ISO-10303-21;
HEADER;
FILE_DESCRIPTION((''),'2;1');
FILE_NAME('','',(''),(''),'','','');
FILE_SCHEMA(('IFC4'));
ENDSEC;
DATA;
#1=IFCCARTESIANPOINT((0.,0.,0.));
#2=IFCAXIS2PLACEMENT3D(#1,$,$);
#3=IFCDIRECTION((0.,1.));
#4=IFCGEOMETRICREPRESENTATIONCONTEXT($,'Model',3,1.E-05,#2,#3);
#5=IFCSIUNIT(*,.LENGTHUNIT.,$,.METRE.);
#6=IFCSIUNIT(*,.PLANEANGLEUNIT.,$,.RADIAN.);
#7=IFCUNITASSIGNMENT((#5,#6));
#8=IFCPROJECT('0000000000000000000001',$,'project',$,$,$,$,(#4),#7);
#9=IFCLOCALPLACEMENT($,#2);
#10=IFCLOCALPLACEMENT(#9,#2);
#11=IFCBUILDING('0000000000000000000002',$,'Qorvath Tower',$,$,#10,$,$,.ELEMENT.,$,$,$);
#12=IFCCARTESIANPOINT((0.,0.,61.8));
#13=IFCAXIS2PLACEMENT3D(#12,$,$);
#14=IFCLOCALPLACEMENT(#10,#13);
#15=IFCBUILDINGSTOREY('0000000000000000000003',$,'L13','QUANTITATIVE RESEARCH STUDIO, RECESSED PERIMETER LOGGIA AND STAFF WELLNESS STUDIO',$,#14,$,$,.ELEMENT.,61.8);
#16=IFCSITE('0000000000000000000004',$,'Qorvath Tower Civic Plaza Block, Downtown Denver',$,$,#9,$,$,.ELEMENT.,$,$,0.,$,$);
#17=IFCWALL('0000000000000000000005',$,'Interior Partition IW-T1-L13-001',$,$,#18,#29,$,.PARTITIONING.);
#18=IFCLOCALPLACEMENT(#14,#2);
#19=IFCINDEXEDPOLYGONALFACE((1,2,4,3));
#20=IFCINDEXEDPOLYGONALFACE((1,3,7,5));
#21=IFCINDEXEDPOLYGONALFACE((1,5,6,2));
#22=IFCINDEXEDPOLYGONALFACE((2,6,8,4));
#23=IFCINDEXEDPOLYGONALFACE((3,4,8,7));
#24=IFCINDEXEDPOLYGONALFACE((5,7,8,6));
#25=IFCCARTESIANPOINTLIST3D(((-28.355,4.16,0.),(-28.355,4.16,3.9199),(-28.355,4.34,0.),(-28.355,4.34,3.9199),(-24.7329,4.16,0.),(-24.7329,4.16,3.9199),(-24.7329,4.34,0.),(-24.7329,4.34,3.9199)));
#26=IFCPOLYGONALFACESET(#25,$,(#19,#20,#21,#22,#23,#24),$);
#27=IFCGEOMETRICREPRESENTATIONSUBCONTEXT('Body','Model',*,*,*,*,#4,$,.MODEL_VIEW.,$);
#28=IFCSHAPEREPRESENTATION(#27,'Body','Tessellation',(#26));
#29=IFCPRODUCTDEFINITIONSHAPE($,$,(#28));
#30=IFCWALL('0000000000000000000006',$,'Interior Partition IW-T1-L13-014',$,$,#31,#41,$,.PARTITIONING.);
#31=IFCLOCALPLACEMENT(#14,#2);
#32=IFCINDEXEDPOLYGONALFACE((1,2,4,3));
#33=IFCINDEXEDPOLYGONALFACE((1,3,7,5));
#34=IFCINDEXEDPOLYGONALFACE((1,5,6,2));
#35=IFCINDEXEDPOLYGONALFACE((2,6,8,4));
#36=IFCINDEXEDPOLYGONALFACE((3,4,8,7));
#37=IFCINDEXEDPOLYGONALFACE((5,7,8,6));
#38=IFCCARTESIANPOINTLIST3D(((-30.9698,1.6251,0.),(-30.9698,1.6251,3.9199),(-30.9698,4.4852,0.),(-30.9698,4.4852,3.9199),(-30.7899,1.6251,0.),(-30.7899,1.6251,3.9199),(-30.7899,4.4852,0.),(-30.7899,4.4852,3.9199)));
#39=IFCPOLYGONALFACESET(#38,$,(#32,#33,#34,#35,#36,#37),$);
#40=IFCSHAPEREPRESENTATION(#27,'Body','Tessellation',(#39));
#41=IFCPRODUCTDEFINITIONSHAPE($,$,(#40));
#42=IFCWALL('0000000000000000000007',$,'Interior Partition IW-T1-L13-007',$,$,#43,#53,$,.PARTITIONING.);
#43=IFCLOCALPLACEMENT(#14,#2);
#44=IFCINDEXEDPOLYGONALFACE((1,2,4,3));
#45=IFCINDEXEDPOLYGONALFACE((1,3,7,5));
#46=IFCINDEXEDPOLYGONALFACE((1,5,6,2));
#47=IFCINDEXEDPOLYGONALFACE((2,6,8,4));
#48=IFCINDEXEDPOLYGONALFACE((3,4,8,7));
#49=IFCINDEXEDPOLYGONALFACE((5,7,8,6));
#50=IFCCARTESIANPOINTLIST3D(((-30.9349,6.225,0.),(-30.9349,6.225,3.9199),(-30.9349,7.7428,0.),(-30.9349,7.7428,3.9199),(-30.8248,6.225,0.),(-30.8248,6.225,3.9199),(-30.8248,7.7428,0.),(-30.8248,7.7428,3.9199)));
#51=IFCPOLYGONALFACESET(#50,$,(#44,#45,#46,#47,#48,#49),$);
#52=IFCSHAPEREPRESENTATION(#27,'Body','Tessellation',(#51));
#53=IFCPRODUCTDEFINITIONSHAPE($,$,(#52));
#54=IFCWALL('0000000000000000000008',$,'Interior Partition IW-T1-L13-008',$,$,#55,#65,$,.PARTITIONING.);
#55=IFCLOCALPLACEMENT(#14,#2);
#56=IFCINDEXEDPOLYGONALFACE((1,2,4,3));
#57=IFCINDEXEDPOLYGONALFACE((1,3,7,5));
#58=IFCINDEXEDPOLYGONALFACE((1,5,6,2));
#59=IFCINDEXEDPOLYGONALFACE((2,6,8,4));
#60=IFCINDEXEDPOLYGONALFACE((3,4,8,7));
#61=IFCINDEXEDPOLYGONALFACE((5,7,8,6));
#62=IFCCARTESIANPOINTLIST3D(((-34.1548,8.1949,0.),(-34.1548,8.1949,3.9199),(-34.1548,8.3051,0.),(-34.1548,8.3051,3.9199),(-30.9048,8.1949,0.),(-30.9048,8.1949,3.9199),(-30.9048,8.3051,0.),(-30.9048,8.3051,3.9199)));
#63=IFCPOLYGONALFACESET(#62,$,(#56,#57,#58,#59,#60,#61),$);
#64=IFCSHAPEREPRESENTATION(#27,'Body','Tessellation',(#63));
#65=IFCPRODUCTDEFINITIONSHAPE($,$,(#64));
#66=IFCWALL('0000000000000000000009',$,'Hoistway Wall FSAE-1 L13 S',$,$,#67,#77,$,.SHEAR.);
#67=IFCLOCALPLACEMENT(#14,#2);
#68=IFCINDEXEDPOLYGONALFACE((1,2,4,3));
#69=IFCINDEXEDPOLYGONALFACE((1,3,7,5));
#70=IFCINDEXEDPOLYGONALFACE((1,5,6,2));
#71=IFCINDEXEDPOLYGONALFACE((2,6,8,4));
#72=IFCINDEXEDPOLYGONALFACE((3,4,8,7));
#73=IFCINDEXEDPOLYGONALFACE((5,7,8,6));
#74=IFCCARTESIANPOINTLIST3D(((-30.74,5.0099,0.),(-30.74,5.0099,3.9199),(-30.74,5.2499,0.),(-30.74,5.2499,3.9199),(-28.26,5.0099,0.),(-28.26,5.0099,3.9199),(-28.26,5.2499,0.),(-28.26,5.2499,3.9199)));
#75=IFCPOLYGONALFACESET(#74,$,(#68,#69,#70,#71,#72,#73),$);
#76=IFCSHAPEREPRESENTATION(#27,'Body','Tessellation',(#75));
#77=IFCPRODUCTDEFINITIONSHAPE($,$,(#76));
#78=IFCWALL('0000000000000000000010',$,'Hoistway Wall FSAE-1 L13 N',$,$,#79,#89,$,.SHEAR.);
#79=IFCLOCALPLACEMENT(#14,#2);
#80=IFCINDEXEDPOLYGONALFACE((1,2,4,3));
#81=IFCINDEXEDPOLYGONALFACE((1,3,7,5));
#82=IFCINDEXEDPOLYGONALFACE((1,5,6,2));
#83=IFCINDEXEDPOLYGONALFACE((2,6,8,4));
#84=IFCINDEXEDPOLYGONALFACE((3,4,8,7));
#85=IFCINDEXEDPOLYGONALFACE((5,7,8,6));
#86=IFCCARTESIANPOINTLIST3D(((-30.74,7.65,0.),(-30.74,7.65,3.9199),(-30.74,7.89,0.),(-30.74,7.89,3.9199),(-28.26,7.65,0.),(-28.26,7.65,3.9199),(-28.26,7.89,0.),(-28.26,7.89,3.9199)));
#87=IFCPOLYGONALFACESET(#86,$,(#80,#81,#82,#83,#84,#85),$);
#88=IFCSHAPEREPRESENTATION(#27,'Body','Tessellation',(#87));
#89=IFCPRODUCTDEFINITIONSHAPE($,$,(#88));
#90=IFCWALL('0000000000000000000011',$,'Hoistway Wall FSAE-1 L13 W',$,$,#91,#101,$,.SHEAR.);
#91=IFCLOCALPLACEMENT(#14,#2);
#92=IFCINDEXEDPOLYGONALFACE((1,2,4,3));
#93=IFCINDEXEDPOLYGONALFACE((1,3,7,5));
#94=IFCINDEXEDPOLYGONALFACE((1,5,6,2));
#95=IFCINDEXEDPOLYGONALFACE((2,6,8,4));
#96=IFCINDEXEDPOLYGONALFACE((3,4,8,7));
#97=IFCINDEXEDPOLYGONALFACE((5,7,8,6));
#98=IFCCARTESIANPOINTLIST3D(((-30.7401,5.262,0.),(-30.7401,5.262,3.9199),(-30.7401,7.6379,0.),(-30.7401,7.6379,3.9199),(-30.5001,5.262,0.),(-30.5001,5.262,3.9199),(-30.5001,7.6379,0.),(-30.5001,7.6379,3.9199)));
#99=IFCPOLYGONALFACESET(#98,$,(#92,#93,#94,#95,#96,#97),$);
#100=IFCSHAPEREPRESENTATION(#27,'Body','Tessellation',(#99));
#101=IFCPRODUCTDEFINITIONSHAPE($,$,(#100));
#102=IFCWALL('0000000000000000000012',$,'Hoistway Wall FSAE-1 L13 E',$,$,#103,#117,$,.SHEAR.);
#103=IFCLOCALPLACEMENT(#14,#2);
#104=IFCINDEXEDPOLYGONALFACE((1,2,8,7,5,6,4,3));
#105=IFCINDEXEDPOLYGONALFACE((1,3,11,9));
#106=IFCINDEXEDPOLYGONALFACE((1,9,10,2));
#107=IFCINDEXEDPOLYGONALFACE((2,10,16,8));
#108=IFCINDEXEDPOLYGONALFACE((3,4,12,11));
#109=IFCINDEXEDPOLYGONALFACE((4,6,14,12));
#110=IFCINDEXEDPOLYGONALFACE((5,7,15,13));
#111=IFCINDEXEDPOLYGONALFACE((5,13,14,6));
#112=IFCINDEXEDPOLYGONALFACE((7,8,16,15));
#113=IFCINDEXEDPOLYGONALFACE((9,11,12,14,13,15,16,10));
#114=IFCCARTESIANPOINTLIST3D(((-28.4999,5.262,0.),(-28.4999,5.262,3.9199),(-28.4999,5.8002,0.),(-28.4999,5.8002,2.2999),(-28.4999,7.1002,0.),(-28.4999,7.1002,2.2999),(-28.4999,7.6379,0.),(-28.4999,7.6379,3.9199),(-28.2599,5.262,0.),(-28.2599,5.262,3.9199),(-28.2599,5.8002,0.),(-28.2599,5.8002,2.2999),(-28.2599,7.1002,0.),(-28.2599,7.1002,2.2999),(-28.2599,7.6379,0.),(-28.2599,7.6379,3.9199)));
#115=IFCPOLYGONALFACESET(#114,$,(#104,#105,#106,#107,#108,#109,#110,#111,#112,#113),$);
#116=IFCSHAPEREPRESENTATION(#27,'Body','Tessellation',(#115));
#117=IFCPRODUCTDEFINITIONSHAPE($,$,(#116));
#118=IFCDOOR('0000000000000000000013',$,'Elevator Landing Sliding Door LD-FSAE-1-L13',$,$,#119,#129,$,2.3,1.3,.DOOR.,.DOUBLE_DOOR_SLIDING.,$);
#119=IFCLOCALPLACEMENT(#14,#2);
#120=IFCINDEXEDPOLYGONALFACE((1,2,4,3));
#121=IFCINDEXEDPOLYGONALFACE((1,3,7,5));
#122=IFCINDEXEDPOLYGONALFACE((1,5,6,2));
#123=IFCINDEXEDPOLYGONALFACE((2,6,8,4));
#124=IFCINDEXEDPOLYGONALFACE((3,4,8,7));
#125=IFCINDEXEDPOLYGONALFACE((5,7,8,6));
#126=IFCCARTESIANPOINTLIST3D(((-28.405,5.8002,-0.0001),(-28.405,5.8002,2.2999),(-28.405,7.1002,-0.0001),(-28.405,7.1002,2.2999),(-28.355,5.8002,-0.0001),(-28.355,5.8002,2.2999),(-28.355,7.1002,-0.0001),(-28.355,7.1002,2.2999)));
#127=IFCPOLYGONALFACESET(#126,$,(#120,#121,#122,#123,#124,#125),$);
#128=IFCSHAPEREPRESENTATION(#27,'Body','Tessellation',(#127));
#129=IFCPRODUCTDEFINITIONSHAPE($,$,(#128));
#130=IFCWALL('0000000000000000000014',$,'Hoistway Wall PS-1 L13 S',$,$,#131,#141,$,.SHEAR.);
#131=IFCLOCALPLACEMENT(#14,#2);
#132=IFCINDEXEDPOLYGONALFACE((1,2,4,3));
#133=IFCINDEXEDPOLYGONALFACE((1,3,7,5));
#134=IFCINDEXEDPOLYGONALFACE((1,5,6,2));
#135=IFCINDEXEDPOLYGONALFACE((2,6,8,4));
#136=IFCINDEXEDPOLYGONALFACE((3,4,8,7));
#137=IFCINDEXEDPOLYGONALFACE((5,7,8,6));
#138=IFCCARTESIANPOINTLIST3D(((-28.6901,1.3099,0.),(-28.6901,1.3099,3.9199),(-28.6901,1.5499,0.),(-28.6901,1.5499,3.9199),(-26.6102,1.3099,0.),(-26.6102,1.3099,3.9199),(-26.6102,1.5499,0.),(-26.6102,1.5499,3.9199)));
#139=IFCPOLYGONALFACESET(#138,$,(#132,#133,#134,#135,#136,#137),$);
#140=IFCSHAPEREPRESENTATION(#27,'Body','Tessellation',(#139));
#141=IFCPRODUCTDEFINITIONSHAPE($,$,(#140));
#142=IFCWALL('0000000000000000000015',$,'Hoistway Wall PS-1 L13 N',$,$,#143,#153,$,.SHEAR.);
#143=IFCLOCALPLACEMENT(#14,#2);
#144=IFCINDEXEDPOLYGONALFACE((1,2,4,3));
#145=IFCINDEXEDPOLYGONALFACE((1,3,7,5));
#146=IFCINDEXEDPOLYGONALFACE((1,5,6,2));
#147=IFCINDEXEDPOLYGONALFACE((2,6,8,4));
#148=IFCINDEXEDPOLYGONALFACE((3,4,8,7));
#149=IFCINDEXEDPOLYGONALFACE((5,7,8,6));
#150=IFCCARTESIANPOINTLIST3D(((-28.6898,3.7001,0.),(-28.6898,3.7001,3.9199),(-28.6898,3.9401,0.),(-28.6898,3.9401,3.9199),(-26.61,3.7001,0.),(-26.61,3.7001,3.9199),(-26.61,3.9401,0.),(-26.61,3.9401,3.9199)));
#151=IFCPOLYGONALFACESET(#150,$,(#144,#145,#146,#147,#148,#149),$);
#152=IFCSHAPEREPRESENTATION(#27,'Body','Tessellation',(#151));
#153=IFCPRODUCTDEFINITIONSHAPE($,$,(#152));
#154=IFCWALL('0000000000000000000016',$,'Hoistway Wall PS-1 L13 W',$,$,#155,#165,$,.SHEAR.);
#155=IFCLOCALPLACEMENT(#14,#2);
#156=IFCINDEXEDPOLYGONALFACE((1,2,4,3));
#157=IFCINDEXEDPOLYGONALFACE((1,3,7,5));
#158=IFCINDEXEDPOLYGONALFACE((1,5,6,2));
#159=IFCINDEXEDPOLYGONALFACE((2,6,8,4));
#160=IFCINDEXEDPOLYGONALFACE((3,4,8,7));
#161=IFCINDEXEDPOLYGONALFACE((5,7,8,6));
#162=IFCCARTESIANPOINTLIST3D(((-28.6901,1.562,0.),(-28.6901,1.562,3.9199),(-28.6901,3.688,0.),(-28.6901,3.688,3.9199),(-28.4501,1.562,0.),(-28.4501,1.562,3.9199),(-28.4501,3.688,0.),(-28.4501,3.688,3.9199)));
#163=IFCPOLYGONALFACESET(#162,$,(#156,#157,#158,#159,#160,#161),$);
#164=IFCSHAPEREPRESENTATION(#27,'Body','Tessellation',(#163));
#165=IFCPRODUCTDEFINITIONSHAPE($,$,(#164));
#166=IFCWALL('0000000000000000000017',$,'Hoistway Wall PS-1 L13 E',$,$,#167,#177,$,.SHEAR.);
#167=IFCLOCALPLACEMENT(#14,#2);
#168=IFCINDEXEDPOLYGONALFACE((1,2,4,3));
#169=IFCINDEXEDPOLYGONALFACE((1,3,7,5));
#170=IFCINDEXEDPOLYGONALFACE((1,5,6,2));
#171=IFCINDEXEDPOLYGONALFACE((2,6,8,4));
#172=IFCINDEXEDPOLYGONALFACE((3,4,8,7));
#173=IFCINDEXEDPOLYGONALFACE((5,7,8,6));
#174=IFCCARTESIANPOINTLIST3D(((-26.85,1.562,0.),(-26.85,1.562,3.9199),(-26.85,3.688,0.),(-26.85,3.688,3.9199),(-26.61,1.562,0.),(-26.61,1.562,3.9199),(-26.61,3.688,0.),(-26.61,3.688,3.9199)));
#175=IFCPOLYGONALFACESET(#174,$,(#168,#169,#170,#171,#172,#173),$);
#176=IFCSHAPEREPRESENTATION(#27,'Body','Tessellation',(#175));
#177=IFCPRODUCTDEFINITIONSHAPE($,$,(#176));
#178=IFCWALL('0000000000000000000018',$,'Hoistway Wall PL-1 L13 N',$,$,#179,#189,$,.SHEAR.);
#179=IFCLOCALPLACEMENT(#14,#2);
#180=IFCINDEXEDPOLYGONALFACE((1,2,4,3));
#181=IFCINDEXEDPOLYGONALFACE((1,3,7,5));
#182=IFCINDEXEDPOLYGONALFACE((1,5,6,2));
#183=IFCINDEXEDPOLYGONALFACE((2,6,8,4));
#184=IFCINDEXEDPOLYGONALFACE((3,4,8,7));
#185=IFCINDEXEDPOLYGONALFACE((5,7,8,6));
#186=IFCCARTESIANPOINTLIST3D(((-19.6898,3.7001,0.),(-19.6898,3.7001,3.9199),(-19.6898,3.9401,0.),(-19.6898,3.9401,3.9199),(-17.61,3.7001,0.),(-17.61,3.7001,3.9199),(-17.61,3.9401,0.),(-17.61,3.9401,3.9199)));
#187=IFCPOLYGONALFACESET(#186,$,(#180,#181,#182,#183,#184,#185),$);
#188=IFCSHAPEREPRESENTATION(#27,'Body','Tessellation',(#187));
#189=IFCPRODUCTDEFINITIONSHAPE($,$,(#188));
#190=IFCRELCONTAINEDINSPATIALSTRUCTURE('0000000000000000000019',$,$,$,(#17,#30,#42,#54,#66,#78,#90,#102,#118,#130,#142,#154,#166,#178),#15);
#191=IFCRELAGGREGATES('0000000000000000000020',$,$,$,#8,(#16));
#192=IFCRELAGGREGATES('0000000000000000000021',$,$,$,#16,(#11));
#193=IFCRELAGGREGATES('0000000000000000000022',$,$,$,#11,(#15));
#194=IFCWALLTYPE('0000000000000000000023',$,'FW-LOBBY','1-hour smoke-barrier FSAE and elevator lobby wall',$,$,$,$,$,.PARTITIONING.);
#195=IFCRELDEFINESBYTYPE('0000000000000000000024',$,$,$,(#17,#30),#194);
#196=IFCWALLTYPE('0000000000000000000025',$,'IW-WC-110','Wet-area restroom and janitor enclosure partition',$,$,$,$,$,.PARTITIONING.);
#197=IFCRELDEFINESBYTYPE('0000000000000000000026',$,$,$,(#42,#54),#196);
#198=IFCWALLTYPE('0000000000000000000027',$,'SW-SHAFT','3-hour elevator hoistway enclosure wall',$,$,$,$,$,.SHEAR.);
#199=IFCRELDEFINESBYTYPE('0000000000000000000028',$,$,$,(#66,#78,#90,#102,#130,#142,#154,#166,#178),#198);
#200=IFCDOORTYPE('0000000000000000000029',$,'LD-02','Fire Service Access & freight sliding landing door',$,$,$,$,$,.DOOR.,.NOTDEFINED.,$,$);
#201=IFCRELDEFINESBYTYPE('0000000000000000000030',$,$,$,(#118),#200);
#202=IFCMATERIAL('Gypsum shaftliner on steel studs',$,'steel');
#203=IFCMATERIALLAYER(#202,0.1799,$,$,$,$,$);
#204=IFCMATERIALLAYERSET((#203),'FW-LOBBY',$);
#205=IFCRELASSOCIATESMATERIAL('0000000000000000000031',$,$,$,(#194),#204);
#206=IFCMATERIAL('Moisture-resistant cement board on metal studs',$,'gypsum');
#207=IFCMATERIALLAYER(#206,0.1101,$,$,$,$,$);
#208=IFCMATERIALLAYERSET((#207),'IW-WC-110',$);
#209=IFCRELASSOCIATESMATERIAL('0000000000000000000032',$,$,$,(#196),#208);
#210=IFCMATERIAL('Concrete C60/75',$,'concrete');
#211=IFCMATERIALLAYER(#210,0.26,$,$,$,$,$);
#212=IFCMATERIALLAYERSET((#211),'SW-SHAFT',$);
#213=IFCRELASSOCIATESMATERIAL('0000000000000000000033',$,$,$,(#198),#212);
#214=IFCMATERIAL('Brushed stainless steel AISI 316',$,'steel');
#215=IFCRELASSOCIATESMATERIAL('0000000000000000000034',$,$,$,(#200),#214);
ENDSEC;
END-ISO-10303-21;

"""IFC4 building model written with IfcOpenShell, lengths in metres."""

from ifc_helpers import new_model, si_unit, direction, frame, frame_2d, origin, place, context, subcontext, project, spatial, rectangle, extrude, material, layer, layer_set, type_object, element, fill, save


model = new_model("IFC4")

# Units and contexts
model_context = context("Model", 3, precision=1e-05, world=origin(), true_north=direction((0.0, 1.0)))
body_context = subcontext(model_context, "Body", "Model", "MODEL_VIEW")
ifc_project = project(units=[si_unit("LENGTHUNIT", "METRE"), si_unit("PLANEANGLEUNIT", "RADIAN")], contexts=[model_context])

# Site, building, storey
site_placement = place(None, origin())
site = spatial("IfcSite", under=ifc_project, at=site_placement, Name="Qorvath Tower Civic Plaza Block, Downtown Denver", CompositionType="ELEMENT", RefElevation=0.0)
building_placement = place(site_placement, origin())
building = spatial("IfcBuilding", under=site, at=building_placement, Name="Qorvath Tower", CompositionType="ELEMENT")
storey_placement = place(building_placement, frame((0.0, 0.0, 61.8)))
storey = spatial("IfcBuildingStorey", under=building, at=storey_placement, Name="L13", Description="QUANTITATIVE RESEARCH STUDIO, RECESSED PERIMETER LOGGIA AND STAFF WELLNESS STUDIO", CompositionType="ELEMENT", Elevation=61.8)

# Wall
ifc_material_1 = material(Name="Gypsum shaftliner on steel studs", Category="steel")
ifc_layer_1 = layer(ifc_material_1, 0.1799)
ifc_layer_set_1 = layer_set([ifc_layer_1], Name="FW-LOBBY")
wall_type_1 = type_object("IfcWallType", Name="FW-LOBBY", Description="1-hour smoke-barrier FSAE and elevator lobby wall", PredefinedType="PARTITIONING", material=ifc_layer_set_1)
wall_1_placement = place(storey_placement, frame((-28.355, 4.25, 0.0), z_axis=(0.0, 0.0, 1.0), x_axis=(1.0, 0.0, 0.0)))
element("IfcWall", 1, at=wall_1_placement, inside=storey, type_object=wall_type_1, Name="Interior Partition IW-T1-L13-001", PredefinedType="PARTITIONING", context=body_context, shape_type="SweptSolid", body=[
    extrude(rectangle(XDim=3.6221, YDim=0.1799, at=frame_2d((1.811, 0.0))), origin(), (0.0, 0.0, 1.0), 3.9199),
])

# Walls
wall_2_placement = place(storey_placement, frame((-30.8799, 1.625, 0.0), z_axis=(0.0, 0.0, 1.0), x_axis=(0.0, 1.0, 0.0)))
element("IfcWall", 2, at=wall_2_placement, inside=storey, type_object=wall_type_1, Name="Interior Partition IW-T1-L13-014", PredefinedType="PARTITIONING", context=body_context, shape_type="SweptSolid", body=[
    extrude(rectangle(XDim=2.8601, YDim=0.1799, at=frame_2d((1.4302, 0.0))), origin(), (0.0, 0.0, 1.0), 3.9199),
])
ifc_material_2 = material(Name="Moisture-resistant cement board on metal studs", Category="gypsum")
ifc_layer_2 = layer(ifc_material_2, 0.1101)
ifc_layer_set_2 = layer_set([ifc_layer_2], Name="IW-WC-110")
wall_type_2 = type_object("IfcWallType", Name="IW-WC-110", Description="Wet-area restroom and janitor enclosure partition", PredefinedType="PARTITIONING", material=ifc_layer_set_2)
wall_3_placement = place(storey_placement, frame((-30.8799, 6.2251, 0.0), z_axis=(0.0, 0.0, 1.0), x_axis=(0.0, 1.0, 0.0)))
element("IfcWall", 3, at=wall_3_placement, inside=storey, type_object=wall_type_2, Name="Interior Partition IW-T1-L13-007", PredefinedType="PARTITIONING", context=body_context, shape_type="SweptSolid", body=[
    extrude(rectangle(XDim=1.5178, YDim=0.1101, at=frame_2d((0.7588, 0.0))), origin(), (0.0, 0.0, 1.0), 3.9199),
])
wall_4_placement = place(storey_placement, frame((-30.9048, 8.25, 0.0), z_axis=(0.0, 0.0, 1.0), x_axis=(-1.0, 0.0, 0.0)))
element("IfcWall", 4, at=wall_4_placement, inside=storey, type_object=wall_type_2, Name="Interior Partition IW-T1-L13-008", PredefinedType="PARTITIONING", context=body_context, shape_type="SweptSolid", body=[
    extrude(rectangle(XDim=3.25, YDim=0.1101, at=frame_2d((1.625, 0.0))), origin(), (0.0, 0.0, 1.0), 3.9199),
])
ifc_material_3 = material(Name="Concrete C60/75", Category="concrete")
ifc_layer_3 = layer(ifc_material_3, 0.26)
ifc_layer_set_3 = layer_set([ifc_layer_3], Name="SW-SHAFT")
wall_type_3 = type_object("IfcWallType", Name="SW-SHAFT", Description="3-hour elevator hoistway enclosure wall", PredefinedType="SHEAR", material=ifc_layer_set_3)
for number, where, z_axis, x_axis, name in (
    (5, (-28.26, 5.1299, 0.0), (0.0, 0.0, 1.0), (-1.0, 0.0, 0.0), "Hoistway Wall FSAE-1 L13 S"),
    (6, (-30.74, 7.77, 0.0), (0.0, 0.0, 1.0), (1.0, 0.0, 0.0), "Hoistway Wall FSAE-1 L13 N"),
):
    element("IfcWall", number, at=place(storey_placement, frame(where, z_axis=z_axis, x_axis=x_axis)), inside=storey, type_object=wall_type_3, Name=name, PredefinedType="SHEAR", context=body_context, shape_type="SweptSolid", body=[
        extrude(rectangle(XDim=2.48, YDim=0.24, at=frame_2d((1.24, 0.0))), origin(), (0.0, 0.0, 1.0), 3.9199),
    ])
wall_5_placement = place(storey_placement, frame((-30.6201, 5.262, 0.0), z_axis=(0.0, 0.0, 1.0), x_axis=(0.0, 1.0, 0.0)))
element("IfcWall", 7, at=wall_5_placement, inside=storey, type_object=wall_type_3, Name="Hoistway Wall FSAE-1 L13 W", PredefinedType="SHEAR", context=body_context, shape_type="SweptSolid", body=[
    extrude(rectangle(XDim=2.376, YDim=0.24, at=frame_2d((1.188, 0.0))), origin(), (0.0, 0.0, 1.0), 3.9199),
])

# Wall, opening, door
wall_6_placement = place(storey_placement, frame((-28.3799, 7.6379, 0.0), z_axis=(0.0, 0.0, 1.0), x_axis=(0.0, -1.0, 0.0)))
wall_6 = element("IfcWall", 8, at=wall_6_placement, inside=storey, type_object=wall_type_3, Name="Hoistway Wall FSAE-1 L13 E", PredefinedType="SHEAR", context=body_context, shape_type="SweptSolid", body=[
    extrude(rectangle(XDim=2.376, YDim=0.24, at=frame_2d((1.188, 0.0))), origin(), (0.0, 0.0, 1.0), 3.9199),
])
opening_1_placement = place(wall_6_placement, frame((0.5378, 0.0, 0.0)))
opening_1 = element("IfcOpeningElement", 9, at=opening_1_placement, cuts=wall_6, PredefinedType="OPENING", context=body_context, shape_type="SweptSolid", body=[
    extrude(rectangle(XDim=1.3, YDim=2.3, at=frame_2d((0.6499, 1.1499))), frame((0.0, 0.1299, 0.0), z_axis=(0.0, -1.0, 0.0), x_axis=(1.0, 0.0, 0.0)), (0.0, 0.0, 1.0), 0.26),
])
ifc_material_4 = material(Name="Brushed stainless steel AISI 316", Category="steel")
door_type_1 = type_object("IfcDoorType", Name="LD-02", Description="Fire Service Access & freight sliding landing door", OperationType="NOTDEFINED", PredefinedType="DOOR", material=ifc_material_4)
door_1_placement = place(opening_1_placement, origin())
door_1 = element("IfcDoor", 10, at=door_1_placement, inside=storey, type_object=door_type_1, Name="Elevator Landing Sliding Door LD-FSAE-1-L13", OperationType="DOUBLE_DOOR_SLIDING", OverallHeight=2.3, OverallWidth=1.3, PredefinedType="DOOR", context=body_context, shape_type="SweptSolid", body=[
    extrude(rectangle(XDim=1.3, YDim=2.3, at=frame_2d((0.6499, 1.1499))), frame((0.0, 0.0249, 0.0), z_axis=(0.0, -1.0, 0.0), x_axis=(1.0, 0.0, 0.0)), (0.0, 0.0, 1.0), 0.05),
])
fill(opening_1, door_1)

# Walls
for number, where, z_axis, x_axis, name in (
    (11, (-26.6101, 1.4299, 0.0), (0.0, 0.0, 1.0), (-1.0, 0.0, 0.0), "Hoistway Wall PS-1 L13 S"),
    (12, (-28.6899, 3.8201, 0.0), (0.0, 0.0, 1.0), (1.0, 0.0, 0.0), "Hoistway Wall PS-1 L13 N"),
):
    element("IfcWall", number, at=place(storey_placement, frame(where, z_axis=z_axis, x_axis=x_axis)), inside=storey, type_object=wall_type_3, Name=name, PredefinedType="SHEAR", context=body_context, shape_type="SweptSolid", body=[
        extrude(rectangle(XDim=2.0798, YDim=0.24, at=frame_2d((1.04, 0.0))), origin(), (0.0, 0.0, 1.0), 3.9199),
    ])
for number, where, z_axis, x_axis, name in (
    (13, (-28.5701, 1.562, 0.0), (0.0, 0.0, 1.0), (0.0, 1.0, 0.0), "Hoistway Wall PS-1 L13 W"),
    (14, (-26.73, 3.688, 0.0), (0.0, 0.0, 1.0), (0.0, -1.0, 0.0), "Hoistway Wall PS-1 L13 E"),
):
    element("IfcWall", number, at=place(storey_placement, frame(where, z_axis=z_axis, x_axis=x_axis)), inside=storey, type_object=wall_type_3, Name=name, PredefinedType="SHEAR", context=body_context, shape_type="SweptSolid", body=[
        extrude(rectangle(XDim=2.126, YDim=0.24, at=frame_2d((1.063, 0.0))), origin(), (0.0, 0.0, 1.0), 3.9199),
    ])
wall_7_placement = place(storey_placement, frame((-19.6899, 3.8201, 0.0), z_axis=(0.0, 0.0, 1.0), x_axis=(1.0, 0.0, 0.0)))
element("IfcWall", 15, at=wall_7_placement, inside=storey, type_object=wall_type_3, Name="Hoistway Wall PL-1 L13 N", PredefinedType="SHEAR", context=body_context, shape_type="SweptSolid", body=[
    extrude(rectangle(XDim=2.0798, YDim=0.24, at=frame_2d((1.04, 0.0))), origin(), (0.0, 0.0, 1.0), 3.9199),
])

save(model, "model.ifc")
